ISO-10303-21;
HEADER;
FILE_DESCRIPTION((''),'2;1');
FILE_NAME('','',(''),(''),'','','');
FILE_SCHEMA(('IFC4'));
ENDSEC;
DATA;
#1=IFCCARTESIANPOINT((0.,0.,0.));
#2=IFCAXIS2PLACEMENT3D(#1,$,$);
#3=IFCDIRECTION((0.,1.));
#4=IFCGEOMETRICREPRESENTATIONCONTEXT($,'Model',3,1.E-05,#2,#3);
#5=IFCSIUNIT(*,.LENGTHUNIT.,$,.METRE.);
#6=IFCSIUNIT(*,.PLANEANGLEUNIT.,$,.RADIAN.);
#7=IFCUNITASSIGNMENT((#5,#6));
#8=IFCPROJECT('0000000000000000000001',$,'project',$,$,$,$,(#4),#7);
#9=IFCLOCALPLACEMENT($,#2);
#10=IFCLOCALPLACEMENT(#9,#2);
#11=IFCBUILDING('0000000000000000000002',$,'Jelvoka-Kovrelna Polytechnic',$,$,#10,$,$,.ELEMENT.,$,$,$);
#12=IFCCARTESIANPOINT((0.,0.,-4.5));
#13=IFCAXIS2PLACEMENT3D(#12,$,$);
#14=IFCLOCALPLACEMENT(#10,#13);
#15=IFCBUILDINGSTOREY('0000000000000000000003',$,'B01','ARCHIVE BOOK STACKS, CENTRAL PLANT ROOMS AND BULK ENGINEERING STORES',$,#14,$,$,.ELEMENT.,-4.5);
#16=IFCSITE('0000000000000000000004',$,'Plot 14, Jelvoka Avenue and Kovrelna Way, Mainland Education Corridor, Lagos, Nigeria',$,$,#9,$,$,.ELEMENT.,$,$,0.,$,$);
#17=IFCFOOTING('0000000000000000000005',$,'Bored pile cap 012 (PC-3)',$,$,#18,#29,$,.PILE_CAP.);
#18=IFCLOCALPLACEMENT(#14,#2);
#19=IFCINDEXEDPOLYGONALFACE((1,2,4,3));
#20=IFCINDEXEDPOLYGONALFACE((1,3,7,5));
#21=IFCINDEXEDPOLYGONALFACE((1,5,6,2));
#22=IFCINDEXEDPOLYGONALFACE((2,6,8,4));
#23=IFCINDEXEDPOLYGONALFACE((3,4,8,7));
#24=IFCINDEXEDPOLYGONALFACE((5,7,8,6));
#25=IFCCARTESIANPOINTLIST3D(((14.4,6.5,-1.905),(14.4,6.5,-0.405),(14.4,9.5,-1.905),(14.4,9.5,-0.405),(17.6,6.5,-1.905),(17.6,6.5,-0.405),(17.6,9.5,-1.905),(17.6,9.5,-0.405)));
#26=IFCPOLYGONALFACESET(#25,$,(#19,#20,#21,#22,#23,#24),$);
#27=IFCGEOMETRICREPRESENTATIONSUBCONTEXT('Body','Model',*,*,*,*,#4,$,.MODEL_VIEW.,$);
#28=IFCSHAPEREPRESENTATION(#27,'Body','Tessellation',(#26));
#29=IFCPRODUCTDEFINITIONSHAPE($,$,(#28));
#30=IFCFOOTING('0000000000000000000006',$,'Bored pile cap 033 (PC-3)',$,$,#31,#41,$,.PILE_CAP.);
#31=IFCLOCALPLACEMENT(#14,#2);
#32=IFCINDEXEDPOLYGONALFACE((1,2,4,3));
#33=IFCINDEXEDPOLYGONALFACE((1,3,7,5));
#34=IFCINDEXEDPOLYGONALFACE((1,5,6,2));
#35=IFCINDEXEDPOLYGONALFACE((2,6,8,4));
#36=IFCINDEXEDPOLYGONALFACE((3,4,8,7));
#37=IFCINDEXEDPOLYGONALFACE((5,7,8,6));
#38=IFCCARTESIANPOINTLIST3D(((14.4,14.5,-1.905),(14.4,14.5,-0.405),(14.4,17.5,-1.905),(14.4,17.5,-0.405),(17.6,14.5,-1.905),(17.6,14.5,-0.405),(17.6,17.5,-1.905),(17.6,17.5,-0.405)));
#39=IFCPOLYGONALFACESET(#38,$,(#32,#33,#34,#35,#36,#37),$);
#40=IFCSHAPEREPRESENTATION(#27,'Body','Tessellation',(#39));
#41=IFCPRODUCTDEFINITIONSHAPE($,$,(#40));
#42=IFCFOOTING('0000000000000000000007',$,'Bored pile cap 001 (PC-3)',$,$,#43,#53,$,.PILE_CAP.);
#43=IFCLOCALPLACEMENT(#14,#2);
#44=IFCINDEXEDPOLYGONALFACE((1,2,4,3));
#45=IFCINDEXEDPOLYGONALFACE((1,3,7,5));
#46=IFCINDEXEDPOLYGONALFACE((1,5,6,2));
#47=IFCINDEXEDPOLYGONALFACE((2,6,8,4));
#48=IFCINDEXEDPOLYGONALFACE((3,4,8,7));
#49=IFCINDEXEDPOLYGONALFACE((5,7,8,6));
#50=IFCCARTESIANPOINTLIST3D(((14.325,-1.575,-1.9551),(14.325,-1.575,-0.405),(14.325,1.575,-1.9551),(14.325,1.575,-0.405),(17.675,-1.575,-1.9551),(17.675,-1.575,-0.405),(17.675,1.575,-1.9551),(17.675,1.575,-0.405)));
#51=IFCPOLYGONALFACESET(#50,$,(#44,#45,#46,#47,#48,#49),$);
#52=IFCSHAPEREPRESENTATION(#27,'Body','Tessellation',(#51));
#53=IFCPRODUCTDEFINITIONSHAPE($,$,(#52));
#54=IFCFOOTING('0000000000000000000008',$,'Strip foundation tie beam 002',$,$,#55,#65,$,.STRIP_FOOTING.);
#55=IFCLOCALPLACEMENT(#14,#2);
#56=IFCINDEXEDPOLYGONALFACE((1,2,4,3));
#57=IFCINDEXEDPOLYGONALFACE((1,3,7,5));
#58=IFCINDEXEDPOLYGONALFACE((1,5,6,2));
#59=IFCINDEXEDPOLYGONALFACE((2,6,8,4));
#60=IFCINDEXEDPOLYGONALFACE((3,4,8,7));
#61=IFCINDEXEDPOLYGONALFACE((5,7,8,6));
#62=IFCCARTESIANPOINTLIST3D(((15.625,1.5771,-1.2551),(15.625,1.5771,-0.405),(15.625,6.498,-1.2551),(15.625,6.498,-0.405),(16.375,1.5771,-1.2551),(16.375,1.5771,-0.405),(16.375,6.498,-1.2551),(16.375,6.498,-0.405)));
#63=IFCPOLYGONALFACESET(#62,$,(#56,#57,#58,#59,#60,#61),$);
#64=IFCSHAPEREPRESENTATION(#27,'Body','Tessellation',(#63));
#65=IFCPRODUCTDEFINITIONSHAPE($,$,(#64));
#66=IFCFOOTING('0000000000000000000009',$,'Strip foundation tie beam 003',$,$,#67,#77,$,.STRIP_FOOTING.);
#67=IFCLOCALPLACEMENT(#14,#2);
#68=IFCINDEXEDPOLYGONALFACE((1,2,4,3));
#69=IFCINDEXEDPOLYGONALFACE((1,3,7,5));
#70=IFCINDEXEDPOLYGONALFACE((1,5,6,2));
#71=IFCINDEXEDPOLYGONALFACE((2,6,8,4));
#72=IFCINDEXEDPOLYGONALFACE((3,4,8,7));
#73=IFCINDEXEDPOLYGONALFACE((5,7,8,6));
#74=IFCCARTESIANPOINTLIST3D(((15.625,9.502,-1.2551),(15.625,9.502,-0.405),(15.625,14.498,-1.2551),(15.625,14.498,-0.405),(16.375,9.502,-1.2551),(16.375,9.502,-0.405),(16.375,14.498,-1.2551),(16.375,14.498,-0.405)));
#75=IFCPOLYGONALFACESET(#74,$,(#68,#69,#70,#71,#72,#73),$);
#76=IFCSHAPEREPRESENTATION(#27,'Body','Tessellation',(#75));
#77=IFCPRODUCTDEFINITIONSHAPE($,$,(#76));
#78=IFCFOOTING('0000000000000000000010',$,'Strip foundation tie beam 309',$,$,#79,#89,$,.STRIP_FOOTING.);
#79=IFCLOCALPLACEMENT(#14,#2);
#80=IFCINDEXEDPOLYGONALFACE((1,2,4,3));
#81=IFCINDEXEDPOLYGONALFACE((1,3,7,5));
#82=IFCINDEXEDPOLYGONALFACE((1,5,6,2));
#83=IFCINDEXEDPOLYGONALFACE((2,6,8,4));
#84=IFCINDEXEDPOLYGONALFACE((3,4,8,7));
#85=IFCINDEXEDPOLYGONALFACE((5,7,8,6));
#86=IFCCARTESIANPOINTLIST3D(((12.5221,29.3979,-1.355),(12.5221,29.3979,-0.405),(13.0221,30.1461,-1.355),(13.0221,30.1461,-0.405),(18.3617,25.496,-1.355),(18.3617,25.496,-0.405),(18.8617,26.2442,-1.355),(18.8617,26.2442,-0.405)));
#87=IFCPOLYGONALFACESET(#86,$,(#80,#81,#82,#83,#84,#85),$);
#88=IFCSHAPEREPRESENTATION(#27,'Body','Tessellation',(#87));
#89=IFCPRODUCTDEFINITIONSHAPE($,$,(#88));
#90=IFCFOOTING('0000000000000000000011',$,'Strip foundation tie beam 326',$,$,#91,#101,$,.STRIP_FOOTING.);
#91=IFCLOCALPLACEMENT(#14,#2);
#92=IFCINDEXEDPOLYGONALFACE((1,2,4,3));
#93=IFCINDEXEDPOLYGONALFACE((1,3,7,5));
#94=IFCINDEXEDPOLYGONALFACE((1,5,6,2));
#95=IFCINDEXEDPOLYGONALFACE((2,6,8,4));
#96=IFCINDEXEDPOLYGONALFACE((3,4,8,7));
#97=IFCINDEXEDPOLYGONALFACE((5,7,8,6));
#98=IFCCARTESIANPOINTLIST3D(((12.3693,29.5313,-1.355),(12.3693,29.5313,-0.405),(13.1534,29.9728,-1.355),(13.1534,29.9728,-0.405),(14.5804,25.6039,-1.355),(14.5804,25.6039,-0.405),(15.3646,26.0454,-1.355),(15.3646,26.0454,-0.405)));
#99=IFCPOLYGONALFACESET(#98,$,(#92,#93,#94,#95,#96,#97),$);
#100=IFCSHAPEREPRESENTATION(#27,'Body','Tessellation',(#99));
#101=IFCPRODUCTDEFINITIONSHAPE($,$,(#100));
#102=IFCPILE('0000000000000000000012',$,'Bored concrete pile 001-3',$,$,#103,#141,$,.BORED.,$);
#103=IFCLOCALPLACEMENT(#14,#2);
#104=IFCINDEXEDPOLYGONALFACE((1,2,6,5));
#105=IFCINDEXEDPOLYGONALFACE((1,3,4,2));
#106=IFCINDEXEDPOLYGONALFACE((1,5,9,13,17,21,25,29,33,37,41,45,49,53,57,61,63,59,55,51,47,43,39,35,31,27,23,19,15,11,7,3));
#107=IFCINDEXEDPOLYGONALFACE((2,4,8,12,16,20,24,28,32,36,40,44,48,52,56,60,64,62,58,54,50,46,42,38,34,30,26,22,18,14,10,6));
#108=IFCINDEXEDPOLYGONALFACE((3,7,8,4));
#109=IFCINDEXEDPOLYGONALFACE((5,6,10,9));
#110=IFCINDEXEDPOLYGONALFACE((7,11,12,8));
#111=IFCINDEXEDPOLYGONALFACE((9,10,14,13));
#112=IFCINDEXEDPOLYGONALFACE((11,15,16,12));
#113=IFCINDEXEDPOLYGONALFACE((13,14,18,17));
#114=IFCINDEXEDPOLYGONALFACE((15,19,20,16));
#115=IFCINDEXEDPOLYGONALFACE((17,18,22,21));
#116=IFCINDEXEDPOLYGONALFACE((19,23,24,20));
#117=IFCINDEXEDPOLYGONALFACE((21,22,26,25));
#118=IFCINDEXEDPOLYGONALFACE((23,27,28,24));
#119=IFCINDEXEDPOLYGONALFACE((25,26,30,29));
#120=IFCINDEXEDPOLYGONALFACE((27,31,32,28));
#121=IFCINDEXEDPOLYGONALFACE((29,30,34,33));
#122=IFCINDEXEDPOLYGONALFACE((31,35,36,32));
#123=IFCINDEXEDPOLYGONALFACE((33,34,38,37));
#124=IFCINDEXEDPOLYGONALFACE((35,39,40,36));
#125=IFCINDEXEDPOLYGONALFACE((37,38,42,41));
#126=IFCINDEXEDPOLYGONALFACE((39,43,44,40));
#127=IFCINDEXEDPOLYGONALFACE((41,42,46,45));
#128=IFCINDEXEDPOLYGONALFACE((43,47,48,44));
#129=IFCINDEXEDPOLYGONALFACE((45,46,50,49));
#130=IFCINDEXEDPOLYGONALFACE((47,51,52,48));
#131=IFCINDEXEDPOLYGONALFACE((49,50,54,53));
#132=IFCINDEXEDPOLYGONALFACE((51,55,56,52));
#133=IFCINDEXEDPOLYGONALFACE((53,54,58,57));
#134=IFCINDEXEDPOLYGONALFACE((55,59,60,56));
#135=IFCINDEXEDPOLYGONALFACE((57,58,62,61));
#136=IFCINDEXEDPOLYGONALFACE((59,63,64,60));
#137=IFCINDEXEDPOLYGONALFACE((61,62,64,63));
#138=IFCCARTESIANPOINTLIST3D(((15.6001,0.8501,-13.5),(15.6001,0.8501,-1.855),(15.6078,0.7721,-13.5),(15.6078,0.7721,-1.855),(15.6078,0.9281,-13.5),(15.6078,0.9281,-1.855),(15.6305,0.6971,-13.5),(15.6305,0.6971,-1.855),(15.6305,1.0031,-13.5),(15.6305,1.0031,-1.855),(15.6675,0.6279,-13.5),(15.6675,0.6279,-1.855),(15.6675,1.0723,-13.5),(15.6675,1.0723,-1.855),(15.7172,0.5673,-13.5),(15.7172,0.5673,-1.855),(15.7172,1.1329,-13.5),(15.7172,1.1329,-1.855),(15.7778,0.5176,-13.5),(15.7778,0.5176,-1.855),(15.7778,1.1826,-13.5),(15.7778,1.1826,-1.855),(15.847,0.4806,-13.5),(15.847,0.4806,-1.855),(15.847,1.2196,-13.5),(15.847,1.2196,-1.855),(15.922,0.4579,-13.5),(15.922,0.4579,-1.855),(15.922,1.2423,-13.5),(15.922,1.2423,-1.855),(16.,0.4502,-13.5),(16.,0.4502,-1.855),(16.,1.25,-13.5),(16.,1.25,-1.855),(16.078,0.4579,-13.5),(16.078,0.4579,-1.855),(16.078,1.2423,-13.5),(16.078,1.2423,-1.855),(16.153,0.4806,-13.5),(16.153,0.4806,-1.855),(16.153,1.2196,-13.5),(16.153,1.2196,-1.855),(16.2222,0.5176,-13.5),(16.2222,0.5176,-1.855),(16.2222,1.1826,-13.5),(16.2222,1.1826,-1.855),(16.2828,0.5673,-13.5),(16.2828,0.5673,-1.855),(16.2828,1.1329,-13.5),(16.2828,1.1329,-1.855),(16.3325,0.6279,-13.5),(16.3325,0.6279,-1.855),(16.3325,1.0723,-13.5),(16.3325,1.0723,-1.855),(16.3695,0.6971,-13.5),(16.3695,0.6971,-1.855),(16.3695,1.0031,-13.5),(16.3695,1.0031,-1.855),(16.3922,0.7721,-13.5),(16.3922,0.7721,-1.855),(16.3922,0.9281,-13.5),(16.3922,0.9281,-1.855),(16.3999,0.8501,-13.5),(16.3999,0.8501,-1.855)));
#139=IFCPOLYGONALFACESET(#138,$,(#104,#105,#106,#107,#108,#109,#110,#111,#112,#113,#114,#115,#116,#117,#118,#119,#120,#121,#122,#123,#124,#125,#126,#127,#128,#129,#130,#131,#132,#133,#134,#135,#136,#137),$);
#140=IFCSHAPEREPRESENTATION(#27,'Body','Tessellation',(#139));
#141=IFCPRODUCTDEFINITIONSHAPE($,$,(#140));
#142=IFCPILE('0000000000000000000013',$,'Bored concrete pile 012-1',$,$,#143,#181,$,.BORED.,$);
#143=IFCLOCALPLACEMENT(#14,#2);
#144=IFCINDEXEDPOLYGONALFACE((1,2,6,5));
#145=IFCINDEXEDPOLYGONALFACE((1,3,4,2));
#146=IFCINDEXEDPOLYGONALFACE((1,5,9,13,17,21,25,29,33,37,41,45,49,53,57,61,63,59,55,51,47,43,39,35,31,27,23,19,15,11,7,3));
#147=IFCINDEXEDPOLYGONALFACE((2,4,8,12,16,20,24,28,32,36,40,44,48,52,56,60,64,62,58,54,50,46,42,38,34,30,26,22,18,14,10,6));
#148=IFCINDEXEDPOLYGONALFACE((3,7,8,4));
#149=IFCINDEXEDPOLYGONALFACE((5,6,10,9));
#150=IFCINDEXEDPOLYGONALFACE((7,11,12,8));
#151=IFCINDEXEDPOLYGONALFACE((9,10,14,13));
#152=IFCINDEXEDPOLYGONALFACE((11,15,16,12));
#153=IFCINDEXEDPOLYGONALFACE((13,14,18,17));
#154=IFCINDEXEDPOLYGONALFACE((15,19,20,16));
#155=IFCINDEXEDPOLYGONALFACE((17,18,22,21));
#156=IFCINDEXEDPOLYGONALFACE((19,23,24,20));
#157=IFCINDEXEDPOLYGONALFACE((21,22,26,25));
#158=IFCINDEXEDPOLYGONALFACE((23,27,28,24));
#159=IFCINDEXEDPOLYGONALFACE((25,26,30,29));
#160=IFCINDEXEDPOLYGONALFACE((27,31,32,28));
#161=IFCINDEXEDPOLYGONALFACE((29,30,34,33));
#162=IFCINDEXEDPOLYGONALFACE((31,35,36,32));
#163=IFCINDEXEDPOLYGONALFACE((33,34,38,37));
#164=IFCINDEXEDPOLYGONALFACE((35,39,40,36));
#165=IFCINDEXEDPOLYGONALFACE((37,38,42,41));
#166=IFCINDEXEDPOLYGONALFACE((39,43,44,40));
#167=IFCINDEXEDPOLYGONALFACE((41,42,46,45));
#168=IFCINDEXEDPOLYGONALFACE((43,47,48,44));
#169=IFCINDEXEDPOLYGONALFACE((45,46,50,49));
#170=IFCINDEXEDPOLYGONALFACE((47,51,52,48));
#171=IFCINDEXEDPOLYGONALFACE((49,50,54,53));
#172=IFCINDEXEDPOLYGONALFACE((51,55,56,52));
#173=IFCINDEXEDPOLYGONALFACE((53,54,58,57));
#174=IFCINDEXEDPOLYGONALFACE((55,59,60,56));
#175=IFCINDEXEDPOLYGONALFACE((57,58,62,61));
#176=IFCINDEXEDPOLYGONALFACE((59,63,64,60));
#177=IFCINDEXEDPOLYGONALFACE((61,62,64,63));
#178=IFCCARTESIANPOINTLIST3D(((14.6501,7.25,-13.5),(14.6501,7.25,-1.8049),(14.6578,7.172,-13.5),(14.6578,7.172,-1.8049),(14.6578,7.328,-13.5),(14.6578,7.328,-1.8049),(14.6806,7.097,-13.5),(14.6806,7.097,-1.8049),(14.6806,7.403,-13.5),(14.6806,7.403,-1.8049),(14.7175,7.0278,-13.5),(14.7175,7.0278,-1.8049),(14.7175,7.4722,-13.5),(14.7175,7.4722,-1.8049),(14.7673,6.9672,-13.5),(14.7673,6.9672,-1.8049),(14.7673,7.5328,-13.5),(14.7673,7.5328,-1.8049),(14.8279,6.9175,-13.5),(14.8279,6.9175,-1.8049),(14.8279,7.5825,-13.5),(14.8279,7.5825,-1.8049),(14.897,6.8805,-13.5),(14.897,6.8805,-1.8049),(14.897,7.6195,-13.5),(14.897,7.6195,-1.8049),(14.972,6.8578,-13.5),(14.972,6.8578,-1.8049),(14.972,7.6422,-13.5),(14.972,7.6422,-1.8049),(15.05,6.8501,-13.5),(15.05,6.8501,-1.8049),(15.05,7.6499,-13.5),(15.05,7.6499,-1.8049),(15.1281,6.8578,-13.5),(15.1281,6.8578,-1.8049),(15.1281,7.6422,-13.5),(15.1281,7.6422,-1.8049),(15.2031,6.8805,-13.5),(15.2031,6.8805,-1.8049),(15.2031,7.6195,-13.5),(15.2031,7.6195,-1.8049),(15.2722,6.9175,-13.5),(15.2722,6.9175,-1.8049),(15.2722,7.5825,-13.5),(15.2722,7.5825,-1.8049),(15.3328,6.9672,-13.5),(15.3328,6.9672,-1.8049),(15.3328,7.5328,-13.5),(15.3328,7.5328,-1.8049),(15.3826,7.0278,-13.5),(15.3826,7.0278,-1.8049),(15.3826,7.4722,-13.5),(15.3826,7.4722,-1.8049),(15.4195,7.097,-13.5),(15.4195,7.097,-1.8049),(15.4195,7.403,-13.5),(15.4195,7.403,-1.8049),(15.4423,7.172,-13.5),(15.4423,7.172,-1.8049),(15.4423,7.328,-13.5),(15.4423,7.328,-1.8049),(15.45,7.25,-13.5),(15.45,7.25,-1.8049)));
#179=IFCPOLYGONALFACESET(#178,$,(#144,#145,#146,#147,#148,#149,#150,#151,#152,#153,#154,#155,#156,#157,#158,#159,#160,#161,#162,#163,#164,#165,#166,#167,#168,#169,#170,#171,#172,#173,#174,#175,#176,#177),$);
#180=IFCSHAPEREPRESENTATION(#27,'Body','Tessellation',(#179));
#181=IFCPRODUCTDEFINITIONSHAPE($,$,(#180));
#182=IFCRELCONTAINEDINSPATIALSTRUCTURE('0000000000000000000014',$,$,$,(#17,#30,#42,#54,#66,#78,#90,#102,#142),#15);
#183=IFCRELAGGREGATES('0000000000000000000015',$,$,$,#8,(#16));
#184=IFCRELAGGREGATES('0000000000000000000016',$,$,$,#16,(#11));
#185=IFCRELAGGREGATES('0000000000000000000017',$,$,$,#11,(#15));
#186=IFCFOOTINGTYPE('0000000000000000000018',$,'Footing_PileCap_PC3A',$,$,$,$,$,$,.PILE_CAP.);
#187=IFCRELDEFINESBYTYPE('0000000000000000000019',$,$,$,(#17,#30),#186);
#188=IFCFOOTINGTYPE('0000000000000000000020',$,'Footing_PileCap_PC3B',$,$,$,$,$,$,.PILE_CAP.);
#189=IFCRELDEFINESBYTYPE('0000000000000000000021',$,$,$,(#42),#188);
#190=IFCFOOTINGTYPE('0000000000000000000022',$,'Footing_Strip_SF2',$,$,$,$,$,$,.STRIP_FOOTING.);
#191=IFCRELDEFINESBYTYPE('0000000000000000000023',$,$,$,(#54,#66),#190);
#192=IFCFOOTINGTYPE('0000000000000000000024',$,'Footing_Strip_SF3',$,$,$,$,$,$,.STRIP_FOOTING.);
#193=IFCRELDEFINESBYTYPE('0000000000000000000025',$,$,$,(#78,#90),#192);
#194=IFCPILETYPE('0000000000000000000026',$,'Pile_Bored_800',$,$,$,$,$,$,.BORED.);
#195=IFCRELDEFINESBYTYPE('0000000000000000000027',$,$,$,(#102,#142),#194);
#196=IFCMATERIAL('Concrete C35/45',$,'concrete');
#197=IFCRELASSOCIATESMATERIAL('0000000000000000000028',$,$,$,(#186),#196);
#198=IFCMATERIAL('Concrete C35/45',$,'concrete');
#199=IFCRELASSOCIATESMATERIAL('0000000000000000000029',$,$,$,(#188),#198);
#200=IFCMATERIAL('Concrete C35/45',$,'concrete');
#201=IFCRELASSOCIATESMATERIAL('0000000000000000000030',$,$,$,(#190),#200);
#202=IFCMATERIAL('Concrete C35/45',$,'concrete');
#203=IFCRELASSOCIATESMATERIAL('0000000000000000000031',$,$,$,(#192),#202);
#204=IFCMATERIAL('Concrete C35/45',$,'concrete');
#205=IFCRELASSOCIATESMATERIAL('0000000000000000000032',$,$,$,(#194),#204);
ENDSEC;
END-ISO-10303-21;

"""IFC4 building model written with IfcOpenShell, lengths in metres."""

from ifc_helpers import new_model, si_unit, direction, frame, origin, origin_2d, place, context, subcontext, project, spatial, rectangle, circle, extrude, material, material_profile, profile_set, type_object, element, save


model = new_model("IFC4")

# Units and contexts
model_context = context("Model", 3, precision=1e-05, world=origin(), true_north=direction((0.0, 1.0)))
body_context = subcontext(model_context, "Body", "Model", "MODEL_VIEW")
ifc_project = project(units=[si_unit("LENGTHUNIT", "METRE"), si_unit("PLANEANGLEUNIT", "RADIAN")], contexts=[model_context])

# Site, building, storey
site_placement = place(None, origin())
site = spatial("IfcSite", under=ifc_project, at=site_placement, Name="Plot 14, Jelvoka Avenue and Kovrelna Way, Mainland Education Corridor, Lagos, Nigeria", CompositionType="ELEMENT", RefElevation=0.0)
building_placement = place(site_placement, origin())
building = spatial("IfcBuilding", under=site, at=building_placement, Name="Jelvoka-Kovrelna Polytechnic", CompositionType="ELEMENT")
storey_placement = place(building_placement, frame((0.0, 0.0, -4.5)))
storey = spatial("IfcBuildingStorey", under=building, at=storey_placement, Name="B01", Description="ARCHIVE BOOK STACKS, CENTRAL PLANT ROOMS AND BULK ENGINEERING STORES", CompositionType="ELEMENT", Elevation=-4.5)

# Footings
ifc_material_1 = material(Name="Concrete C35/45", Category="concrete")
footing_type_1 = type_object("IfcFootingType", Name="Footing_PileCap_PC3A", PredefinedType="PILE_CAP", material=ifc_material_1)
for number, where, z_axis, x_axis, name in (
    (1, (16.0, 8.0, -1.905), (0.0, 0.0, 1.0), (1.0, 0.0, 0.0), "Bored pile cap 012 (PC-3)"),
    (2, (16.0, 16.0, -1.905), (0.0, 0.0, 1.0), (1.0, 0.0, 0.0), "Bored pile cap 033 (PC-3)"),
):
    element("IfcFooting", number, at=place(storey_placement, frame(where, z_axis=z_axis, x_axis=x_axis)), inside=storey, type_object=footing_type_1, Name=name, PredefinedType="PILE_CAP", context=body_context, shape_type="SweptSolid", body=[
        extrude(rectangle(XDim=3.2, YDim=3.0, at=origin_2d()), origin(), (0.0, 0.0, 1.0), 1.5),
    ])
ifc_material_2 = material(Name="Concrete C35/45", Category="concrete")
footing_type_2 = type_object("IfcFootingType", Name="Footing_PileCap_PC3B", PredefinedType="PILE_CAP", material=ifc_material_2)
footing_1_placement = place(storey_placement, frame((16.0, 0.0, -1.9551), z_axis=(0.0, 0.0, 1.0), x_axis=(1.0, 0.0, 0.0)))
element("IfcFooting", 3, at=footing_1_placement, inside=storey, type_object=footing_type_2, Name="Bored pile cap 001 (PC-3)", PredefinedType="PILE_CAP", context=body_context, shape_type="SweptSolid", body=[
    extrude(rectangle(XDim=3.3501, YDim=3.1499, at=origin_2d()), origin(), (0.0, 0.0, 1.0), 1.55),
])
ifc_material_3 = material(Name="Concrete C35/45", Category="concrete")
footing_type_3 = type_object("IfcFootingType", Name="Footing_Strip_SF2", PredefinedType="STRIP_FOOTING", material=ifc_material_3)
footing_2_placement = place(storey_placement, frame((16.0, 4.0376, -1.2551), z_axis=(0.0, 0.0, 1.0), x_axis=(0.0, 1.0, 0.0)))
element("IfcFooting", 4, at=footing_2_placement, inside=storey, type_object=footing_type_3, Name="Strip foundation tie beam 002", PredefinedType="STRIP_FOOTING", context=body_context, shape_type="SweptSolid", body=[
    extrude(rectangle(XDim=4.9209, YDim=0.75, at=origin_2d()), origin(), (0.0, 0.0, 1.0), 0.8501),
])
footing_3_placement = place(storey_placement, frame((16.0, 12.0, -1.2551), z_axis=(0.0, 0.0, 1.0), x_axis=(0.0, 1.0, 0.0)))
element("IfcFooting", 5, at=footing_3_placement, inside=storey, type_object=footing_type_3, Name="Strip foundation tie beam 003", PredefinedType="STRIP_FOOTING", context=body_context, shape_type="SweptSolid", body=[
    extrude(rectangle(XDim=4.9961, YDim=0.75, at=origin_2d()), origin(), (0.0, 0.0, 1.0), 0.8501),
])
ifc_material_4 = material(Name="Concrete C35/45", Category="concrete")
footing_type_4 = type_object("IfcFootingType", Name="Footing_Strip_SF3", PredefinedType="STRIP_FOOTING", material=ifc_material_4)
footing_4_placement = place(storey_placement, frame((15.6919, 27.821, -1.355), z_axis=(0.0, 0.0, 1.0), x_axis=(-0.83147, 0.55557, 0.0)))
element("IfcFooting", 6, at=footing_4_placement, inside=storey, type_object=footing_type_4, Name="Strip foundation tie beam 309", PredefinedType="STRIP_FOOTING", context=body_context, shape_type="SweptSolid", body=[
    extrude(rectangle(XDim=7.0232, YDim=0.8999, at=origin_2d()), origin(), (0.0, 0.0, 1.0), 0.95),
])
footing_5_placement = place(storey_placement, frame((13.8669, 27.7883, -1.355), z_axis=(0.0, 0.0, 1.0), x_axis=(-0.4906, 0.871385, 0.0)))
element("IfcFooting", 7, at=footing_5_placement, inside=storey, type_object=footing_type_4, Name="Strip foundation tie beam 326", PredefinedType="STRIP_FOOTING", context=body_context, shape_type="SweptSolid", body=[
    extrude(rectangle(XDim=4.5071, YDim=0.8999, at=origin_2d()), origin(), (0.0, 0.0, 1.0), 0.95),
])

# Piles
ifc_material_5 = material(Name="Concrete C35/45", Category="concrete")
ifc_material_profile_1 = material_profile(ifc_material_5, circle(Radius=0.3999, at=origin_2d()), Name="PILE D800")
ifc_profile_set_1 = profile_set([ifc_material_profile_1], Name="Concrete C35/45")
pile_type = type_object("IfcPileType", Name="Pile_Bored_800", PredefinedType="BORED", material=ifc_profile_set_1)
pile_placement = place(storey_placement, frame((16.0, 0.8501, -1.855), z_axis=(0.0, 0.0, -1.0), x_axis=(1.0, 0.0, 0.0)))
element("IfcPile", 8, at=pile_placement, inside=storey, type_object=pile_type, Name="Bored concrete pile 001-3", PredefinedType="BORED", context=body_context, shape_type="SweptSolid", body=[
    extrude(circle(Radius=0.3999, at=origin_2d()), origin(), (0.0, 0.0, 1.0), 11.645),
])
for number, where, z_axis, x_axis, name in (
    (9, (15.05, 7.25, -1.8049), (0.0, 0.0, -1.0), (1.0, 0.0, 0.0), "Bored concrete pile 012-1"),
):
    element("IfcPile", number, at=place(storey_placement, frame(where, z_axis=z_axis, x_axis=x_axis)), inside=storey, type_object=pile_type, Name=name, PredefinedType="BORED", context=body_context, shape_type="SweptSolid", body=[
        extrude(circle(Radius=0.3999, at=origin_2d()), origin(), (0.0, 0.0, 1.0), 11.6951),
    ])

save(model, "model.ifc")
